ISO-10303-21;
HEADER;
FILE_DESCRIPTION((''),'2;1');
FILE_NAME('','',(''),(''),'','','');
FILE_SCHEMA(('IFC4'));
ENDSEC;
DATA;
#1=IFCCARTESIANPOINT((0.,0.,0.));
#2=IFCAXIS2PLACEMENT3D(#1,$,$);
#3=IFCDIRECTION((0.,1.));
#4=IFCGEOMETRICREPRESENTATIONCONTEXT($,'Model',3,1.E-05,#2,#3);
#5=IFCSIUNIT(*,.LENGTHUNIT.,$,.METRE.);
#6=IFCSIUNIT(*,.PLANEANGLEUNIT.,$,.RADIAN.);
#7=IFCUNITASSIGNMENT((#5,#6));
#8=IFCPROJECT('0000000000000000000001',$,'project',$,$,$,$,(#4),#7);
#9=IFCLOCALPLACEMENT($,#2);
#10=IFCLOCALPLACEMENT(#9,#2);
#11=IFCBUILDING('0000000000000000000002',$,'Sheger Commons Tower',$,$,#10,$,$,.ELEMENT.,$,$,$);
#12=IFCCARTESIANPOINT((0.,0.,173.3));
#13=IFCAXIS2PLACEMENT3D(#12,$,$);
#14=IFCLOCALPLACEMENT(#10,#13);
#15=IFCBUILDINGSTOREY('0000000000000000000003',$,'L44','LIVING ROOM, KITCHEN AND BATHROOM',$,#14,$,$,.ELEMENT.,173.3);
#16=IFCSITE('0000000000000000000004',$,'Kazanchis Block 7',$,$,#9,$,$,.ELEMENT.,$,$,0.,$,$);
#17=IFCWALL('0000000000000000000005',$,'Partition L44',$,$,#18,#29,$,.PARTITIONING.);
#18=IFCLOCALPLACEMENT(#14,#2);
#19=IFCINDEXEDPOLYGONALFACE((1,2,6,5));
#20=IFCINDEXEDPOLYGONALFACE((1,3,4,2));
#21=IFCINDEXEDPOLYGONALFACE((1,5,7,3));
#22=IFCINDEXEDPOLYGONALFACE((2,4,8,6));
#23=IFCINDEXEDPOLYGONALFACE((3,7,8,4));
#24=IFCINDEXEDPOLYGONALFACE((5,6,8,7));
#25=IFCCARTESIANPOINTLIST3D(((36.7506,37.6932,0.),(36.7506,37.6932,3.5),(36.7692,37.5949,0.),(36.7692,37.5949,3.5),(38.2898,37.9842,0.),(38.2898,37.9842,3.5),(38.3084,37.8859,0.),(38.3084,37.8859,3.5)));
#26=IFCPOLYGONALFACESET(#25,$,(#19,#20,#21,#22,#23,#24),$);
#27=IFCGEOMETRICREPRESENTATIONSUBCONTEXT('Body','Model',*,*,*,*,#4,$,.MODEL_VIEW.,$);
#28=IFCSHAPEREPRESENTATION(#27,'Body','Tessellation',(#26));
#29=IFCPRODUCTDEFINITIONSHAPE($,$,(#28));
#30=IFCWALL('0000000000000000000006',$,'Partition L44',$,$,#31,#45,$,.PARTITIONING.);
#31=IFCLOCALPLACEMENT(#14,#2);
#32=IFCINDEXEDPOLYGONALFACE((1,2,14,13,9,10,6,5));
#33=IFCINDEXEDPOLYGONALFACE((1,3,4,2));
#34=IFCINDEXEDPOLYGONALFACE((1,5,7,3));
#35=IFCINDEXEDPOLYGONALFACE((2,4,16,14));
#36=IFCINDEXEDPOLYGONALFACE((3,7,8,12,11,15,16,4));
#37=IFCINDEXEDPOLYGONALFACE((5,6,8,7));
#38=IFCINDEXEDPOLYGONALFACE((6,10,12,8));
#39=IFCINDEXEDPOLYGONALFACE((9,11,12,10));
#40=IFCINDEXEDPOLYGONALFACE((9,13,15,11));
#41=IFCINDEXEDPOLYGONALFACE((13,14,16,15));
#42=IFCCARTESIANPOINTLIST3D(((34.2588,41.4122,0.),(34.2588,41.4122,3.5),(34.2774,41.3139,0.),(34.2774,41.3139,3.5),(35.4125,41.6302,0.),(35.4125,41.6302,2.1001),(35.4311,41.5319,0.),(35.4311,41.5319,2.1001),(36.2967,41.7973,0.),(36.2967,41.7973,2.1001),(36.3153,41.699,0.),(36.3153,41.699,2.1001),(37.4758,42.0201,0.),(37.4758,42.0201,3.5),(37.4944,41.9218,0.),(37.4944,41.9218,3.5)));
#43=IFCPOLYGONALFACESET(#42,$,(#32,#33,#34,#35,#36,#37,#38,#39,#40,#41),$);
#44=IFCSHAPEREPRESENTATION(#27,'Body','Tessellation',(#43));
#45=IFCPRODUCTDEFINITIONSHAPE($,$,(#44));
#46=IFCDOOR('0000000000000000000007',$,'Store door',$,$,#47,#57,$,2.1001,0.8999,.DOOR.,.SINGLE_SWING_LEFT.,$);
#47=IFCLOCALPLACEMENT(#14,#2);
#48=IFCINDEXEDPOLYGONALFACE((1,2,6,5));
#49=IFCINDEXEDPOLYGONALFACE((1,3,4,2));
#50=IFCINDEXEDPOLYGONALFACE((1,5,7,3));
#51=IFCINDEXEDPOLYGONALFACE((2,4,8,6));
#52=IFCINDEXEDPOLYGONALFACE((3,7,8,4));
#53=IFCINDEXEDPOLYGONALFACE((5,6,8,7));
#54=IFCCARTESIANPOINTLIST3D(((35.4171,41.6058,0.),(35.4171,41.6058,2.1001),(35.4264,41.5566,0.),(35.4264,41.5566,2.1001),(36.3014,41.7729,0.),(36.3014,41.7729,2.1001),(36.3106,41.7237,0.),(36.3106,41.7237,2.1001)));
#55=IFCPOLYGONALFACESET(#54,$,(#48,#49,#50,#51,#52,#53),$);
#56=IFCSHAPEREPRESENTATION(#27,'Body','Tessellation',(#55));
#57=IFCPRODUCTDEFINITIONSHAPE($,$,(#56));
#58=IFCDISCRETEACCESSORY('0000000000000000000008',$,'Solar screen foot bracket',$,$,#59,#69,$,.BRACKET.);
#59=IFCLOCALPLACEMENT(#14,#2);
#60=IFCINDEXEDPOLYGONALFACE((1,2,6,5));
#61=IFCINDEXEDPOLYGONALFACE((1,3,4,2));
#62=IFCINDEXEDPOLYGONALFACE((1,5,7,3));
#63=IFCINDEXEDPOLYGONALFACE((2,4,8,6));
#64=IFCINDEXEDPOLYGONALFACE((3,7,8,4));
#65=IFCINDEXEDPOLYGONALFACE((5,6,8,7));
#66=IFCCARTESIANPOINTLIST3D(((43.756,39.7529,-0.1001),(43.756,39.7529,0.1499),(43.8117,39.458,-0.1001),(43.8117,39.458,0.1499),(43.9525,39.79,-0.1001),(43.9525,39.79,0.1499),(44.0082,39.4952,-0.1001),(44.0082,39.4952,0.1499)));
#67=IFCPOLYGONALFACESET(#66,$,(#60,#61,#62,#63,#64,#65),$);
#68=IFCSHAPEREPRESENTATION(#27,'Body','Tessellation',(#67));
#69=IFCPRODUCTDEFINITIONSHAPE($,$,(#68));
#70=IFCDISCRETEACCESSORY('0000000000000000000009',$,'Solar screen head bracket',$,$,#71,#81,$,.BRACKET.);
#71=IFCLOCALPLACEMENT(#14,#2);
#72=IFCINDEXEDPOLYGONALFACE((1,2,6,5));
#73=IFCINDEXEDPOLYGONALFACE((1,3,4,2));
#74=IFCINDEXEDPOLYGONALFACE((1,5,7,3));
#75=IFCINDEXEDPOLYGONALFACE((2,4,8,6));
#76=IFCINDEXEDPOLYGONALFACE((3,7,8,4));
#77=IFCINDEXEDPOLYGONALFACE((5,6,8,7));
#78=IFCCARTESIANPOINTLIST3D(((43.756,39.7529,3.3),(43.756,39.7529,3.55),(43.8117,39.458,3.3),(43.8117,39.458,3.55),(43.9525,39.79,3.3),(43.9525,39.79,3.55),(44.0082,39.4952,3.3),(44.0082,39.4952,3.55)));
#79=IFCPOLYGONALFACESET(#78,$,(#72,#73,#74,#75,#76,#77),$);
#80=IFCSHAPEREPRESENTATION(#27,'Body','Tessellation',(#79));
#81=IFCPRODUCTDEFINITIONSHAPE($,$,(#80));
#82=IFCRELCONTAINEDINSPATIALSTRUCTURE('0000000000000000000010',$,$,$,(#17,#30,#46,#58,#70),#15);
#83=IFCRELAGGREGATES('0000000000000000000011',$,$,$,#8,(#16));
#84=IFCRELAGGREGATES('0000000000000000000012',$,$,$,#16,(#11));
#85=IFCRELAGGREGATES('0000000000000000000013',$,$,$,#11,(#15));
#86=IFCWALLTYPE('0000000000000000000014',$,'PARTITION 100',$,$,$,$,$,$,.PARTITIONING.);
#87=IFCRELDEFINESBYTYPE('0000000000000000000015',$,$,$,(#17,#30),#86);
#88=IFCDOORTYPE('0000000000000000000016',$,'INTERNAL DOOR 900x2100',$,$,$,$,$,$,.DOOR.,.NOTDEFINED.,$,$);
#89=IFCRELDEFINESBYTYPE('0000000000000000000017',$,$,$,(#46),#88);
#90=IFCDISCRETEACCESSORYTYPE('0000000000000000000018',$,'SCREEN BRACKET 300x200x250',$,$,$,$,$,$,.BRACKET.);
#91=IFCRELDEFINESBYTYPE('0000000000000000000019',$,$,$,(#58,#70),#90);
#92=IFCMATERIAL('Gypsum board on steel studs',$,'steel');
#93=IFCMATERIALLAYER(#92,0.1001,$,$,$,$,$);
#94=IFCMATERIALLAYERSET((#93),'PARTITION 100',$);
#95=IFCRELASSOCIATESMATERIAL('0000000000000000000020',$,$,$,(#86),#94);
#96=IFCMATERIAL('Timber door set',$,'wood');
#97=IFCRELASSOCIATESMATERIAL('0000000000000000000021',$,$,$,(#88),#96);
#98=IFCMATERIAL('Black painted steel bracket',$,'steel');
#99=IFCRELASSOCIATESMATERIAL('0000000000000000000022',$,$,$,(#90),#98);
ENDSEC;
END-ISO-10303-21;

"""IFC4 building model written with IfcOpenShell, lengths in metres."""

from ifc_helpers import new_model, si_unit, direction, frame, frame_2d, origin, origin_2d, place, context, subcontext, project, spatial, rectangle, extrude, material, layer, layer_set, type_object, element, fill, save


model = new_model("IFC4")

# Units and contexts
model_context = context("Model", 3, precision=1e-05, world=origin(), true_north=direction((0.0, 1.0)))
body_context = subcontext(model_context, "Body", "Model", "MODEL_VIEW")
ifc_project = project(units=[si_unit("LENGTHUNIT", "METRE"), si_unit("PLANEANGLEUNIT", "RADIAN")], contexts=[model_context])

# Site, building, storey
site_placement = place(None, origin())
site = spatial("IfcSite", under=ifc_project, at=site_placement, Name="Kazanchis Block 7", CompositionType="ELEMENT", RefElevation=0.0)
building_placement = place(site_placement, origin())
building = spatial("IfcBuilding", under=site, at=building_placement, Name="Sheger Commons Tower", CompositionType="ELEMENT")
storey_placement = place(building_placement, frame((0.0, 0.0, 173.3)))
storey = spatial("IfcBuildingStorey", under=building, at=storey_placement, Name="L44", Description="LIVING ROOM, KITCHEN AND BATHROOM", CompositionType="ELEMENT", Elevation=173.3)

# Shared definitions
ifc_material_1 = material(Name="Gypsum board on steel studs", Category="steel")
ifc_layer_1 = layer(ifc_material_1, 0.1001)
ifc_layer_set_1 = layer_set([ifc_layer_1], Name="PARTITION 100")
wall_type = type_object("IfcWallType", Name="PARTITION 100", PredefinedType="PARTITIONING", material=ifc_layer_set_1)

# Shared definitions
ifc_material_2 = material(Name="Timber door set", Category="wood")
door_type = type_object("IfcDoorType", Name="INTERNAL DOOR 900x2100", OperationType="NOTDEFINED", PredefinedType="DOOR", material=ifc_material_2)

# Wall
wall_1_placement = place(storey_placement, frame((38.2991, 37.9351, 0.0), z_axis=(0.0, 0.0, 1.0), x_axis=(-0.982589, -0.185794, 0.0)))
element("IfcWall", 1, at=wall_1_placement, inside=storey, type_object=wall_type, Name="Partition L44", PredefinedType="PARTITIONING", context=body_context, shape_type="SweptSolid", body=[
    extrude(rectangle(XDim=1.5664, YDim=0.1001, at=frame_2d((0.7832, 0.0))), origin(), (0.0, 0.0, 1.0), 3.5),
])

# Wall, opening, door
wall_2_placement = place(storey_placement, frame((37.4851, 41.9709, 0.0), z_axis=(0.0, 0.0, 1.0), x_axis=(-0.98261, -0.18568, 0.0)))
wall_2 = element("IfcWall", 2, at=wall_2_placement, inside=storey, type_object=wall_type, Name="Partition L44", PredefinedType="PARTITIONING", context=body_context, shape_type="SweptSolid", body=[
    extrude(rectangle(XDim=3.2739, YDim=0.1001, at=frame_2d((1.637, 0.0))), origin(), (0.0, 0.0, 1.0), 3.5),
])
opening_1_placement = place(wall_2_placement, frame((1.2, 0.0, 0.0)))
opening_1 = element("IfcOpeningElement", 3, at=opening_1_placement, cuts=wall_2, PredefinedType="OPENING", context=body_context, shape_type="SweptSolid", body=[
    extrude(rectangle(XDim=0.8999, YDim=2.1001, at=frame_2d((0.45, 1.05))), frame((0.0, 0.0601, 0.0), z_axis=(0.0, -1.0, 0.0), x_axis=(1.0, 0.0, 0.0)), (0.0, 0.0, 1.0), 0.1201),
])
door_1_placement = place(opening_1_placement, origin())
door_1 = element("IfcDoor", 4, at=door_1_placement, inside=storey, type_object=door_type, Name="Store door", OperationType="SINGLE_SWING_LEFT", OverallHeight=2.1001, OverallWidth=0.8999, PredefinedType="DOOR", context=body_context, shape_type="SweptSolid", body=[
    extrude(rectangle(XDim=0.8999, YDim=2.1001, at=frame_2d((0.45, 1.05))), frame((0.0, 0.0249, 0.0), z_axis=(0.0, -1.0, 0.0), x_axis=(1.0, 0.0, 0.0)), (0.0, 0.0, 1.0), 0.05),
])
fill(opening_1, door_1)

# Discrete accessories
ifc_material_3 = material(Name="Black painted steel bracket", Category="steel")
discrete_accessory_type = type_object("IfcDiscreteAccessoryType", Name="SCREEN BRACKET 300x200x250", PredefinedType="BRACKET", material=ifc_material_3)
for number, where, z_axis, x_axis, name in (
    (5, (43.8821, 39.624, -0.1001), (0.0, 0.0, 1.0), (-0.185615, 0.982623, 0.0), "Solar screen foot bracket"),
    (6, (43.8821, 39.624, 3.3), (0.0, 0.0, 1.0), (-0.185615, 0.982623, 0.0), "Solar screen head bracket"),
):
    element("IfcDiscreteAccessory", number, at=place(storey_placement, frame(where, z_axis=z_axis, x_axis=x_axis)), inside=storey, type_object=discrete_accessory_type, Name=name, PredefinedType="BRACKET", context=body_context, shape_type="SweptSolid", body=[
        extrude(rectangle(XDim=0.3, YDim=0.2, at=origin_2d()), origin(), (0.0, 0.0, 1.0), 0.25),
    ])

save(model, "model.ifc")
